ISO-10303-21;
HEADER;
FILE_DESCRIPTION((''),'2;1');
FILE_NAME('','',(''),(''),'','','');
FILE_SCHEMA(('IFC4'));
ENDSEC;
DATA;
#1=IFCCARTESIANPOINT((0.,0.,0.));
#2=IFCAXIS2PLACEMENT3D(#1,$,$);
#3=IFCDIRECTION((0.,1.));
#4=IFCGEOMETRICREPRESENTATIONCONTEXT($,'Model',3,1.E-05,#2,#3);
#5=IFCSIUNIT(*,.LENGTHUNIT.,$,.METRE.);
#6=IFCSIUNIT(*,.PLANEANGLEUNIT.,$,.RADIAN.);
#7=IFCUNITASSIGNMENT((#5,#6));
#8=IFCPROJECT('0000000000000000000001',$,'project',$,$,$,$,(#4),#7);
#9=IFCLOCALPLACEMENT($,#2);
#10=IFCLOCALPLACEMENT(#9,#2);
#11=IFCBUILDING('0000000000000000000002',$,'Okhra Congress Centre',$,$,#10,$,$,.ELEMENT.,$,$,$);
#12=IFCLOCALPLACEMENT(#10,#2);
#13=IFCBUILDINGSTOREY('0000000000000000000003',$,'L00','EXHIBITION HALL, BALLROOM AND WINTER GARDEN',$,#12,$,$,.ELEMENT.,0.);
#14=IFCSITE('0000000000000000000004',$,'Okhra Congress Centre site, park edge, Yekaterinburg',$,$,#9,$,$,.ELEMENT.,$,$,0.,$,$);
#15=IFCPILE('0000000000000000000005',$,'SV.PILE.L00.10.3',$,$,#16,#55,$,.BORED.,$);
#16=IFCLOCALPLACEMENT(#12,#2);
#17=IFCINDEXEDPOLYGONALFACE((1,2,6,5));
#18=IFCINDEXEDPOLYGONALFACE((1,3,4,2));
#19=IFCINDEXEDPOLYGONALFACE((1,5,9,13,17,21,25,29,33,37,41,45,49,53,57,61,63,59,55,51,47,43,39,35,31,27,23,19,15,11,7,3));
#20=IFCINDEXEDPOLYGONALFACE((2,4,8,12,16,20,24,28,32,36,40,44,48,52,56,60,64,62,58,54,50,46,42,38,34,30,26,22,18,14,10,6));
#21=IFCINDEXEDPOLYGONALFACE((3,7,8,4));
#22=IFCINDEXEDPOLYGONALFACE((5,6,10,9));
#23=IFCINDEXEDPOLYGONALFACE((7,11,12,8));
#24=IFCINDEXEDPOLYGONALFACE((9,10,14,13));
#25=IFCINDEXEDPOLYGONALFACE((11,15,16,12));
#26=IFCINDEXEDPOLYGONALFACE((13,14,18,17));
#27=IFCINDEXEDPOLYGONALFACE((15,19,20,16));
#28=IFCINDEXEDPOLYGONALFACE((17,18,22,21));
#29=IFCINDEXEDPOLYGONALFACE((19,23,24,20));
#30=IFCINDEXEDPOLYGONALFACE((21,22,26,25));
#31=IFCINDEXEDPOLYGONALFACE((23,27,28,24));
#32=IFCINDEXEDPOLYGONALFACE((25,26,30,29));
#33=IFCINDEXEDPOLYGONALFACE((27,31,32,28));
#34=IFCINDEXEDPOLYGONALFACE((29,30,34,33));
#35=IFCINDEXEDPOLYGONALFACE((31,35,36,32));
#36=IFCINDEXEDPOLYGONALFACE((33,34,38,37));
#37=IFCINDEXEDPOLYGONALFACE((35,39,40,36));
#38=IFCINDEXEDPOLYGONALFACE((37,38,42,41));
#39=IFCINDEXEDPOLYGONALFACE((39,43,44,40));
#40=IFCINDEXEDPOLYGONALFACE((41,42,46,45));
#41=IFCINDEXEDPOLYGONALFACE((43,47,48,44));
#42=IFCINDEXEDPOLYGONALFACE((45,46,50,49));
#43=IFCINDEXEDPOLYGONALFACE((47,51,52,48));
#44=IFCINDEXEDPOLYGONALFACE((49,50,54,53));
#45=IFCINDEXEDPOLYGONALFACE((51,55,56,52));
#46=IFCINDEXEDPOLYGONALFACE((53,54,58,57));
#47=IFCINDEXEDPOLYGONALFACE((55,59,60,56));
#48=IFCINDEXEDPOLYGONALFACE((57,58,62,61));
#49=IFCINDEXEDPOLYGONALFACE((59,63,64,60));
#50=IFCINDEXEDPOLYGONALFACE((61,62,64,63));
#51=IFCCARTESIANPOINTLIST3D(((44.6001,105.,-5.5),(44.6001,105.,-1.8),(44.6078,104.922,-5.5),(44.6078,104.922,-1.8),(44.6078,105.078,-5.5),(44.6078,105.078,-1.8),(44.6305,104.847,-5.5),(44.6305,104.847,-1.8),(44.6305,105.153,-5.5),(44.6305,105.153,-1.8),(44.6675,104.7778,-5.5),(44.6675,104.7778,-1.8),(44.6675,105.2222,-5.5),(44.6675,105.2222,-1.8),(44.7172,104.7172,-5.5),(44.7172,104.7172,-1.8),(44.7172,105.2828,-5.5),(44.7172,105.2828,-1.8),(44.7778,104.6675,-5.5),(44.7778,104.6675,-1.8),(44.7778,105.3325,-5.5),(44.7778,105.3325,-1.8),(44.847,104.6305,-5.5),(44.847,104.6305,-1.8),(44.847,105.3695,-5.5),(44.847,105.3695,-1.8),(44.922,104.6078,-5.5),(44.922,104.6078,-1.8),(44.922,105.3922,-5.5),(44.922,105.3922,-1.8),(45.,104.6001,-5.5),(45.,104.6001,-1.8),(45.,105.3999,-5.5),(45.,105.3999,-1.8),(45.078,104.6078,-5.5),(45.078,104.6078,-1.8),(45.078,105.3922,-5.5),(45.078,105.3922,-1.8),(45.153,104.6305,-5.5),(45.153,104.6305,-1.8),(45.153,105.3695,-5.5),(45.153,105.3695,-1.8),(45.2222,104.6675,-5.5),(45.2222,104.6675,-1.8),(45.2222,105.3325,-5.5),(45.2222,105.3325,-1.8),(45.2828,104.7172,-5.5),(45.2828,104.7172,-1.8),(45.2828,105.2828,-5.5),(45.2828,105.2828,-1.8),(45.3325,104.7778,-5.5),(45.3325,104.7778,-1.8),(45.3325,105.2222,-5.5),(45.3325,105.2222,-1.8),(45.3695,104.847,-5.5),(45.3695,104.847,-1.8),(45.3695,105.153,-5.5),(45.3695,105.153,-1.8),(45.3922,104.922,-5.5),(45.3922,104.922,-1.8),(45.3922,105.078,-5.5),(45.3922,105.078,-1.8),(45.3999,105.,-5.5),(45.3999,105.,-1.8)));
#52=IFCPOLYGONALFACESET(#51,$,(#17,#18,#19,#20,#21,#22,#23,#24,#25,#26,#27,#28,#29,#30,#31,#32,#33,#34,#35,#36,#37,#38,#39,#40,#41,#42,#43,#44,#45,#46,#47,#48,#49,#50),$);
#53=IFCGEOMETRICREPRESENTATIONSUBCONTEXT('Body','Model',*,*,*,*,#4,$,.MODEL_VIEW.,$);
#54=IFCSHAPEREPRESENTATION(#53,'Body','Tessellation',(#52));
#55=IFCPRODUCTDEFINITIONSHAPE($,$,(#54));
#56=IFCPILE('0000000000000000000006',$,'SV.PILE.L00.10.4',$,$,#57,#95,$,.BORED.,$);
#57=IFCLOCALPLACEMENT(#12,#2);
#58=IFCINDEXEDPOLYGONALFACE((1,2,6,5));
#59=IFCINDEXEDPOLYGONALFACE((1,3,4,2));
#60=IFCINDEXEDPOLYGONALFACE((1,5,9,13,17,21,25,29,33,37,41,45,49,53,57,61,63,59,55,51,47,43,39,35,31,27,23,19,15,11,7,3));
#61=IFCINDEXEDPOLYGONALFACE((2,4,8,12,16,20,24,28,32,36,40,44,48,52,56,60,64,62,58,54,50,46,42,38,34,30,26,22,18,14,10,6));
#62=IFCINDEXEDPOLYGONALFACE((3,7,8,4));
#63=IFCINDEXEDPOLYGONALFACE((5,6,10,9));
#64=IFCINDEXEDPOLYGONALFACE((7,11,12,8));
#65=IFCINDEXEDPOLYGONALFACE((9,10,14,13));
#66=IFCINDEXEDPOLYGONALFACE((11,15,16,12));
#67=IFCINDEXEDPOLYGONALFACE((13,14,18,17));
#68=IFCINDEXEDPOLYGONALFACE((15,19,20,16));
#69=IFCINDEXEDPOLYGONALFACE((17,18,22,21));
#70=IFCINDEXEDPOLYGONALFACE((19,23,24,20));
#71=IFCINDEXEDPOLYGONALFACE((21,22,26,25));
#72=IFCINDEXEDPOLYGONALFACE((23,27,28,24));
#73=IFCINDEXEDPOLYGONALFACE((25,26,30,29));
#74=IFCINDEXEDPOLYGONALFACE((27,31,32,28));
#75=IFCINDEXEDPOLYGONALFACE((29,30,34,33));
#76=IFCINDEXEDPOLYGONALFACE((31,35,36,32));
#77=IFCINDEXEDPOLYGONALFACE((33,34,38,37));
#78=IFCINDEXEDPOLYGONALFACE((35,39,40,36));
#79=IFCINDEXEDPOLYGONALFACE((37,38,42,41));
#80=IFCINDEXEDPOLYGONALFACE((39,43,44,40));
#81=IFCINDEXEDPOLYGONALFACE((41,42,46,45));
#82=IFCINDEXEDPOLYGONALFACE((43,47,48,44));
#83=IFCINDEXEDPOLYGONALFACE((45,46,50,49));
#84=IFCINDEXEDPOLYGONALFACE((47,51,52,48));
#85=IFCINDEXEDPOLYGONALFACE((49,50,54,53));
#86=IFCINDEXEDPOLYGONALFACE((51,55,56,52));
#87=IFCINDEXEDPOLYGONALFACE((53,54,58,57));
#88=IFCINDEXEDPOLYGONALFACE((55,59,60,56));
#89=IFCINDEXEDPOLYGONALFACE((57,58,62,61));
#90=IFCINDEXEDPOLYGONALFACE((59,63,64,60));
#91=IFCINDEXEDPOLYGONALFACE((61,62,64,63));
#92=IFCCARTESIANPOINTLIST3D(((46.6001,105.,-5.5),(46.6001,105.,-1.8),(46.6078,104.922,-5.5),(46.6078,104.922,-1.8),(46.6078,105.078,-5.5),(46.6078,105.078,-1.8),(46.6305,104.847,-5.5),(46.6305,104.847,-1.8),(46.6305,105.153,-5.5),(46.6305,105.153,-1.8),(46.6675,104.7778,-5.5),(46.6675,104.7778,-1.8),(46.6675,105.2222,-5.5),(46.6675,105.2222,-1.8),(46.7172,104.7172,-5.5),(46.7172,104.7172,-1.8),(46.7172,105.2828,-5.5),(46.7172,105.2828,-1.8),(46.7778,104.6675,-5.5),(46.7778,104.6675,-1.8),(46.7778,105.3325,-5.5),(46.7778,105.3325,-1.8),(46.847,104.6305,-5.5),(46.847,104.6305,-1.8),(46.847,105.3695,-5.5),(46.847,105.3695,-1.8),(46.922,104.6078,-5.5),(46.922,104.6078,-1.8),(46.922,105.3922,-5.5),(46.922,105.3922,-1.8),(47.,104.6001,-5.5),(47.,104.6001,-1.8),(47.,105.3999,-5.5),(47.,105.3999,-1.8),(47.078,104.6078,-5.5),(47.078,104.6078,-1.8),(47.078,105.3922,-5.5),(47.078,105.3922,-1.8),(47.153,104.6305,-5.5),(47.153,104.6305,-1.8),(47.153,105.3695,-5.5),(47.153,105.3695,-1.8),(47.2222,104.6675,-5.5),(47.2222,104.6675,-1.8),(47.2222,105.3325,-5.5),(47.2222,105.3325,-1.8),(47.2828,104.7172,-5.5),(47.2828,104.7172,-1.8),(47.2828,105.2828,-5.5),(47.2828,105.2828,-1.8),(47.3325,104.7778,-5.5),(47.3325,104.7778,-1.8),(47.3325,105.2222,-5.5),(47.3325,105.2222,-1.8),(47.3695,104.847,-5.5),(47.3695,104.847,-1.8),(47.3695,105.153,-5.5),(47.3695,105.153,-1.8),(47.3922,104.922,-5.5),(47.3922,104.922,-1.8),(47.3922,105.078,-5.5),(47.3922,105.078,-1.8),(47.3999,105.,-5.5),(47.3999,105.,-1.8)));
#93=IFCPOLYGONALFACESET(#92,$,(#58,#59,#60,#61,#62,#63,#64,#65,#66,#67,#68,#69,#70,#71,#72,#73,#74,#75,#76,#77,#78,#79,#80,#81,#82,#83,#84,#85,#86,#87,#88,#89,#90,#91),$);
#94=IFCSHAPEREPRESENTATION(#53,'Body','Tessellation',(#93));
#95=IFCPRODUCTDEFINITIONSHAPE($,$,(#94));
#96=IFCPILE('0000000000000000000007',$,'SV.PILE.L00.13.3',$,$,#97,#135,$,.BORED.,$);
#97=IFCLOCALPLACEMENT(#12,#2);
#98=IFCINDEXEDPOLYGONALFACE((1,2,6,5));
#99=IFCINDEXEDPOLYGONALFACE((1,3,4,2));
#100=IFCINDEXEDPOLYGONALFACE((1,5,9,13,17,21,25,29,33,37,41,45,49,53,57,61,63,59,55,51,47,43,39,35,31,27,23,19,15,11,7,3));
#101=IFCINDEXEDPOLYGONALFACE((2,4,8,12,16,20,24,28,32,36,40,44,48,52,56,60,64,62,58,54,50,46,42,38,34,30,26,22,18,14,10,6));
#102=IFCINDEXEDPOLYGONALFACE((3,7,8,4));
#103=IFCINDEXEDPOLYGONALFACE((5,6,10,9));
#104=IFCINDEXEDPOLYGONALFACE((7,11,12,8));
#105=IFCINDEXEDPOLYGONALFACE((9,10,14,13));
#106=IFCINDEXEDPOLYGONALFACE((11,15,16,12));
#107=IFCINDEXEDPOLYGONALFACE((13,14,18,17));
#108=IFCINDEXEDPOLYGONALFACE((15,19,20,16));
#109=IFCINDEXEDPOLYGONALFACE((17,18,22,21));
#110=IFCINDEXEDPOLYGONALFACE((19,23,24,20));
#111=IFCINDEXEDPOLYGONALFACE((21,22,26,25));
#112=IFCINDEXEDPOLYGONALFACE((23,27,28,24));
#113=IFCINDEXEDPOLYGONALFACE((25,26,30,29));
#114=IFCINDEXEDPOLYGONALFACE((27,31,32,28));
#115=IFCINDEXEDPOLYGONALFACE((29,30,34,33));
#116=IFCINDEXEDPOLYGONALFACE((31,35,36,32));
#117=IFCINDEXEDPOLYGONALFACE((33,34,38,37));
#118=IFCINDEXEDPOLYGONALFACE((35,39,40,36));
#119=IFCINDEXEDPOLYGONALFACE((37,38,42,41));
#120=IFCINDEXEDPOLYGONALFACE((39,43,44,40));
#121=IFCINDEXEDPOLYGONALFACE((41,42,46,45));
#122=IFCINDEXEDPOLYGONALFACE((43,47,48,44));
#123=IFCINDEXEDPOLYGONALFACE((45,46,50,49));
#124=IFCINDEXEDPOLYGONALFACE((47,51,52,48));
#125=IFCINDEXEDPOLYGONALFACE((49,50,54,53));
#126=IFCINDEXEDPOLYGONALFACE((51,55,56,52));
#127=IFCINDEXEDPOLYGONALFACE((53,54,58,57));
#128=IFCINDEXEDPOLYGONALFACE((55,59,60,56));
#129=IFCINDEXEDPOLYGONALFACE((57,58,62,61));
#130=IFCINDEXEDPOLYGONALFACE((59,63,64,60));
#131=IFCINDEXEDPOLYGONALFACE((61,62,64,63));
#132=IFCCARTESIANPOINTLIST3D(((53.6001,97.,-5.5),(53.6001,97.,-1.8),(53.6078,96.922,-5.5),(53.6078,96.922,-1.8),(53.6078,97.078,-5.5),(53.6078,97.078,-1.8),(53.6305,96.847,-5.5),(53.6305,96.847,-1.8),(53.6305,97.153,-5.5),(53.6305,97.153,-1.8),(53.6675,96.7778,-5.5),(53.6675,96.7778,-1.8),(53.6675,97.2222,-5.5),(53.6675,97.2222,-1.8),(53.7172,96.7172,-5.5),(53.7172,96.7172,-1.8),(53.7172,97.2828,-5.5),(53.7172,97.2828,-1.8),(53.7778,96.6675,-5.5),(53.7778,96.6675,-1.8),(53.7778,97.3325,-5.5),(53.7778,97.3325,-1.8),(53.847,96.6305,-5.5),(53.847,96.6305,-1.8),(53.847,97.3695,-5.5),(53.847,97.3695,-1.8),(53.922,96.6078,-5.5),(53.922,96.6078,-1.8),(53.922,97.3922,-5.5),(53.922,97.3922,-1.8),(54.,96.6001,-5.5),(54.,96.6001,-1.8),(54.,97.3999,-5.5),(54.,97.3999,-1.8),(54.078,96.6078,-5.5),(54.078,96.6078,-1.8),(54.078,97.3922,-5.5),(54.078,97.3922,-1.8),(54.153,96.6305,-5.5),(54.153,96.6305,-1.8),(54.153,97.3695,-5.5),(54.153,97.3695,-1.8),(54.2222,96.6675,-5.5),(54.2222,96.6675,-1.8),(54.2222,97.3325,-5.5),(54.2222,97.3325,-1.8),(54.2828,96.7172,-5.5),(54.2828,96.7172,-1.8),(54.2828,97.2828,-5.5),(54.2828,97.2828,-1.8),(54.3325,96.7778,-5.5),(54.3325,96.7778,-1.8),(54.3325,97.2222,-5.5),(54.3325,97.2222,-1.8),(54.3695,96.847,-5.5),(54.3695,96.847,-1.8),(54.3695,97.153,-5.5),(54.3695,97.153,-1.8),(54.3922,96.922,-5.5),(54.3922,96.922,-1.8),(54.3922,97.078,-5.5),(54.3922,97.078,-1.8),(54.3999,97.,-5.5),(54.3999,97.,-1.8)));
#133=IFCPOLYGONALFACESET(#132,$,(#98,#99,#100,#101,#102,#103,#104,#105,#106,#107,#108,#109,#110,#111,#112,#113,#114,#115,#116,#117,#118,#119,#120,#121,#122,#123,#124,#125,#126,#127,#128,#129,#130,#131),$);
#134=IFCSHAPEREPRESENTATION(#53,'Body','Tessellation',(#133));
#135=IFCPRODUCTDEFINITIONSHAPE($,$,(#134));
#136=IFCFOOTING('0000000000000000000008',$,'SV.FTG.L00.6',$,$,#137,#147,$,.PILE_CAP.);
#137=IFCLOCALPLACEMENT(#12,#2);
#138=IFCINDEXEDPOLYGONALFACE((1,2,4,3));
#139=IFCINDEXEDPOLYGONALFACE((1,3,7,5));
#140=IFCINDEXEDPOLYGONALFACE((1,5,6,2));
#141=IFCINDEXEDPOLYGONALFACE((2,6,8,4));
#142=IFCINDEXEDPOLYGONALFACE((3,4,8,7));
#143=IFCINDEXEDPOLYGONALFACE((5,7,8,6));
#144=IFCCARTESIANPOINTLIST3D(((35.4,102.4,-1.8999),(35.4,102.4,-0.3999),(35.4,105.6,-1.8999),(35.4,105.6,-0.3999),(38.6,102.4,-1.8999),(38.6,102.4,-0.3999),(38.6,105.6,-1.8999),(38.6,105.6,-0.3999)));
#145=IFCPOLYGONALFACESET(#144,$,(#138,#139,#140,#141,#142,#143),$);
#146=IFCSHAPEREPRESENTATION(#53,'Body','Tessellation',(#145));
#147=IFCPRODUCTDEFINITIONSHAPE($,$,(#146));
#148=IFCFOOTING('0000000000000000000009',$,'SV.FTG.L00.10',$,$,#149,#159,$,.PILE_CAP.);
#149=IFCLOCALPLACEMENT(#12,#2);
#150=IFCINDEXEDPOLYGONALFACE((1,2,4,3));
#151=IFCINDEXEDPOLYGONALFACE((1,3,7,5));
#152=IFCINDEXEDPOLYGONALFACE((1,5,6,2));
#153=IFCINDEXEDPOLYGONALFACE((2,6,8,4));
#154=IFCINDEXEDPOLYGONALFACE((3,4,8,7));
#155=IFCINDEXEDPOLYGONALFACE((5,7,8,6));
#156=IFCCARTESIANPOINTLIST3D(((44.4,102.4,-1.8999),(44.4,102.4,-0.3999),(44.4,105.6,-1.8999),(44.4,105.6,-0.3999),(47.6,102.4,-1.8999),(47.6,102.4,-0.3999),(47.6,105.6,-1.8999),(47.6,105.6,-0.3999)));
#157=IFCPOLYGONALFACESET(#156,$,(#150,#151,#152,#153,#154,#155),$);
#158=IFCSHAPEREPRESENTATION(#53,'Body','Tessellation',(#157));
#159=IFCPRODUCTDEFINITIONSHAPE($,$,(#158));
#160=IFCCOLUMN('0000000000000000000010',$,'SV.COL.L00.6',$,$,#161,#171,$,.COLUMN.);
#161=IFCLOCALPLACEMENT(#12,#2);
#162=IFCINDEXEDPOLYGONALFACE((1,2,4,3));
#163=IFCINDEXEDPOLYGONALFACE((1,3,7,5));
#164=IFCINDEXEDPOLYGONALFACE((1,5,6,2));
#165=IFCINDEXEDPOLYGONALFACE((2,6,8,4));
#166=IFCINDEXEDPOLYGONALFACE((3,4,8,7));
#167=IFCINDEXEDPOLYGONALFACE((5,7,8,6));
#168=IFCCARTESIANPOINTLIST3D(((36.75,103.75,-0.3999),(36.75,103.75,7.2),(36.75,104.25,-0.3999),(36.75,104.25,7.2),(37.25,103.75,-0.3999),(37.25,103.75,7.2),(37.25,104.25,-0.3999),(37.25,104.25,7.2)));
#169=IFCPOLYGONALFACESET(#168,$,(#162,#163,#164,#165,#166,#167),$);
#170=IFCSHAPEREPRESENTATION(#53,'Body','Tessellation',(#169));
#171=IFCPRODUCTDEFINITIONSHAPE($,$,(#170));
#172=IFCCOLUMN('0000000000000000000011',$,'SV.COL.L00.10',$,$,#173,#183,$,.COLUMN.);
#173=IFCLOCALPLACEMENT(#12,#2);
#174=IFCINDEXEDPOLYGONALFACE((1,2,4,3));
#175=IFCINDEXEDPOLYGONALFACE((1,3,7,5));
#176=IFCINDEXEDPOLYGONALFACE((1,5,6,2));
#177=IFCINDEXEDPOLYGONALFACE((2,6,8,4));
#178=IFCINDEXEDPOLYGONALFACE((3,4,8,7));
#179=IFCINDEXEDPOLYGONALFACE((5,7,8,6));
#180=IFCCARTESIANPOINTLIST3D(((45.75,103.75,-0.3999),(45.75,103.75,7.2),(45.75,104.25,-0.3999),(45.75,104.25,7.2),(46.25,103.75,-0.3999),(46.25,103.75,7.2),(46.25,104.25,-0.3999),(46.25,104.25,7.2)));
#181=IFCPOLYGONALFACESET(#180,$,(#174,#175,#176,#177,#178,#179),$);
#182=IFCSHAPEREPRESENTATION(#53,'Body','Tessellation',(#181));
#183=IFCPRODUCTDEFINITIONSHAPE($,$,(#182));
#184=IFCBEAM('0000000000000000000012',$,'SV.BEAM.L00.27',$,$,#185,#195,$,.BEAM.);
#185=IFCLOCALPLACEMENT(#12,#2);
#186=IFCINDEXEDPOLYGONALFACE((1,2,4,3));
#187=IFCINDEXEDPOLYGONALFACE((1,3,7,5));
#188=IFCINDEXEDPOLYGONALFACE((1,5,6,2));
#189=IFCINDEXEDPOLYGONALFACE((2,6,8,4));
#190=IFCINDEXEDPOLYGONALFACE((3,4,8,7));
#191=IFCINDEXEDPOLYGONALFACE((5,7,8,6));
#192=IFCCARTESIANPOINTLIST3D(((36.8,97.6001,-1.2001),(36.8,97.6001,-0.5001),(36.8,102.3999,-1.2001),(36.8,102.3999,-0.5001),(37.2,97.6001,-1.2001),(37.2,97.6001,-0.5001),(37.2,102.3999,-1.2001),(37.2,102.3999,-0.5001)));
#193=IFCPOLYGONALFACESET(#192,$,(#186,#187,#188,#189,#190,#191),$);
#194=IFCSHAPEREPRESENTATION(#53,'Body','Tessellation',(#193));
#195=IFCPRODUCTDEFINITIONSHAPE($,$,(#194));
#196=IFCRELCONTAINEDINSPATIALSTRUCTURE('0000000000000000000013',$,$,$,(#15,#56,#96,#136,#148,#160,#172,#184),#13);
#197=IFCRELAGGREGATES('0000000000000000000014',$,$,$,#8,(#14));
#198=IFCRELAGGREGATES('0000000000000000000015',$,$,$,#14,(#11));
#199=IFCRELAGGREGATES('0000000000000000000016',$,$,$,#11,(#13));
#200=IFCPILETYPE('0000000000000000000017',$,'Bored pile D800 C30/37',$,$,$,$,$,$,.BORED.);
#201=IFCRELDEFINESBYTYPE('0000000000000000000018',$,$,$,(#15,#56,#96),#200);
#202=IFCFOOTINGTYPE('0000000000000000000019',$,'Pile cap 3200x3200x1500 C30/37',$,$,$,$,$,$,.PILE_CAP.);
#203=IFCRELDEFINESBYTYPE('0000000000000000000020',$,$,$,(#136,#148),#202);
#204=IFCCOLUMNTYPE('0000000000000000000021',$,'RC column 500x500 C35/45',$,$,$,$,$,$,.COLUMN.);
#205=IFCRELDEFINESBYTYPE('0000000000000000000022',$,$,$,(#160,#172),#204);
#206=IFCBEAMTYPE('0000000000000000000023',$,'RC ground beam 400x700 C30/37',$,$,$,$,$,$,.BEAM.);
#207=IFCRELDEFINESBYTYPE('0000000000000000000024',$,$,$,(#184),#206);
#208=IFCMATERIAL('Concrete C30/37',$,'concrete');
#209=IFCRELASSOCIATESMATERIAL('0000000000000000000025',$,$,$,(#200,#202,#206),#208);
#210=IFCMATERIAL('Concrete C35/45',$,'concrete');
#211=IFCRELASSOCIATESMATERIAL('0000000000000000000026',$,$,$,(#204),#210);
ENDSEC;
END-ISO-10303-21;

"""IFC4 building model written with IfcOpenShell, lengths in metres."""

from ifc_helpers import new_model, si_unit, direction, frame, origin, origin_2d, place, context, subcontext, project, spatial, rectangle, circle, extrude, material, material_profile, profile_set, type_object, element, save


model = new_model("IFC4")

# Units and contexts
model_context = context("Model", 3, precision=1e-05, world=origin(), true_north=direction((0.0, 1.0)))
body_context = subcontext(model_context, "Body", "Model", "MODEL_VIEW")
ifc_project = project(units=[si_unit("LENGTHUNIT", "METRE"), si_unit("PLANEANGLEUNIT", "RADIAN")], contexts=[model_context])

# Site, building, storey
site_placement = place(None, origin())
site = spatial("IfcSite", under=ifc_project, at=site_placement, Name="Okhra Congress Centre site, park edge, Yekaterinburg", CompositionType="ELEMENT", RefElevation=0.0)
building_placement = place(site_placement, origin())
building = spatial("IfcBuilding", under=site, at=building_placement, Name="Okhra Congress Centre", CompositionType="ELEMENT")
storey_placement = place(building_placement, origin())
storey = spatial("IfcBuildingStorey", under=building, at=storey_placement, Name="L00", Description="EXHIBITION HALL, BALLROOM AND WINTER GARDEN", CompositionType="ELEMENT", Elevation=0.0)

# Piles
ifc_material_1 = material(Name="Concrete C30/37", Category="concrete")
ifc_material_profile_1 = material_profile(ifc_material_1, circle(Radius=0.3999, at=origin_2d()), Name="D800")
ifc_profile_set_1 = profile_set([ifc_material_profile_1], Name="Concrete C30/37")
pile_type = type_object("IfcPileType", Name="Bored pile D800 C30/37", PredefinedType="BORED", material=ifc_profile_set_1)
for number, where, z_axis, x_axis, name in (
    (1, (45.0, 105.0, -1.8), (0.0, 0.0, -1.0), (1.0, 0.0, 0.0), "SV.PILE.L00.10.3"),
    (2, (47.0, 105.0, -1.8), (0.0, 0.0, -1.0), (1.0, 0.0, 0.0), "SV.PILE.L00.10.4"),
    (3, (54.0, 97.0, -1.8), (0.0, 0.0, -1.0), (1.0, 0.0, 0.0), "SV.PILE.L00.13.3"),
):
    element("IfcPile", number, at=place(storey_placement, frame(where, z_axis=z_axis, x_axis=x_axis)), inside=storey, type_object=pile_type, Name=name, PredefinedType="BORED", context=body_context, shape_type="SweptSolid", body=[
        extrude(circle(Radius=0.3999, at=origin_2d()), origin(), (0.0, 0.0, 1.0), 3.7),
    ])

# Footings
footing_type = type_object("IfcFootingType", Name="Pile cap 3200x3200x1500 C30/37", PredefinedType="PILE_CAP", material=ifc_material_1)
for number, where, z_axis, x_axis, name in (
    (4, (37.0, 104.0, -1.8999), (0.0, 0.0, 1.0), (1.0, 0.0, 0.0), "SV.FTG.L00.6"),
    (5, (46.0, 104.0, -1.8999), (0.0, 0.0, 1.0), (1.0, 0.0, 0.0), "SV.FTG.L00.10"),
):
    element("IfcFooting", number, at=place(storey_placement, frame(where, z_axis=z_axis, x_axis=x_axis)), inside=storey, type_object=footing_type, Name=name, PredefinedType="PILE_CAP", context=body_context, shape_type="SweptSolid", body=[
        extrude(rectangle(XDim=3.2, YDim=3.2, at=origin_2d()), origin(), (0.0, 0.0, 1.0), 1.5),
    ])

# Columns
ifc_material_2 = material(Name="Concrete C35/45", Category="concrete")
ifc_material_profile_2 = material_profile(ifc_material_2, rectangle(XDim=0.5, YDim=0.5, at=origin_2d()), Name="RC 500x500")
ifc_profile_set_2 = profile_set([ifc_material_profile_2], Name="Concrete C35/45")
column_type = type_object("IfcColumnType", Name="RC column 500x500 C35/45", PredefinedType="COLUMN", material=ifc_profile_set_2)
for number, where, z_axis, x_axis, name in (
    (6, (37.0, 104.0, -0.3999), (0.0, 0.0, 1.0), (1.0, 0.0, 0.0), "SV.COL.L00.6"),
    (7, (46.0, 104.0, -0.3999), (0.0, 0.0, 1.0), (1.0, 0.0, 0.0), "SV.COL.L00.10"),
):
    element("IfcColumn", number, at=place(storey_placement, frame(where, z_axis=z_axis, x_axis=x_axis)), inside=storey, type_object=column_type, Name=name, PredefinedType="COLUMN", context=body_context, shape_type="SweptSolid", body=[
        extrude(rectangle(XDim=0.5, YDim=0.5, at=origin_2d()), origin(), (0.0, 0.0, 1.0), 7.5999),
    ])

# Beam
ifc_material_profile_3 = material_profile(ifc_material_1, rectangle(XDim=0.3999, YDim=0.7, at=origin_2d()), Name="RC 400x700")
ifc_profile_set_3 = profile_set([ifc_material_profile_3], Name="Concrete C30/37")
beam_type_1 = type_object("IfcBeamType", Name="RC ground beam 400x700 C30/37", PredefinedType="BEAM", material=ifc_profile_set_3)
beam_1_placement = place(storey_placement, frame((37.0, 97.6001, -0.8501), z_axis=(0.0, 1.0, 0.0), x_axis=(-1.0, 0.0, 0.0)))
element("IfcBeam", 8, at=beam_1_placement, inside=storey, type_object=beam_type_1, Name="SV.BEAM.L00.27", PredefinedType="BEAM", context=body_context, shape_type="SweptSolid", body=[
    extrude(rectangle(XDim=0.3999, YDim=0.7, at=origin_2d()), origin(), (0.0, 0.0, 1.0), 4.7998),
])

save(model, "model.ifc")
